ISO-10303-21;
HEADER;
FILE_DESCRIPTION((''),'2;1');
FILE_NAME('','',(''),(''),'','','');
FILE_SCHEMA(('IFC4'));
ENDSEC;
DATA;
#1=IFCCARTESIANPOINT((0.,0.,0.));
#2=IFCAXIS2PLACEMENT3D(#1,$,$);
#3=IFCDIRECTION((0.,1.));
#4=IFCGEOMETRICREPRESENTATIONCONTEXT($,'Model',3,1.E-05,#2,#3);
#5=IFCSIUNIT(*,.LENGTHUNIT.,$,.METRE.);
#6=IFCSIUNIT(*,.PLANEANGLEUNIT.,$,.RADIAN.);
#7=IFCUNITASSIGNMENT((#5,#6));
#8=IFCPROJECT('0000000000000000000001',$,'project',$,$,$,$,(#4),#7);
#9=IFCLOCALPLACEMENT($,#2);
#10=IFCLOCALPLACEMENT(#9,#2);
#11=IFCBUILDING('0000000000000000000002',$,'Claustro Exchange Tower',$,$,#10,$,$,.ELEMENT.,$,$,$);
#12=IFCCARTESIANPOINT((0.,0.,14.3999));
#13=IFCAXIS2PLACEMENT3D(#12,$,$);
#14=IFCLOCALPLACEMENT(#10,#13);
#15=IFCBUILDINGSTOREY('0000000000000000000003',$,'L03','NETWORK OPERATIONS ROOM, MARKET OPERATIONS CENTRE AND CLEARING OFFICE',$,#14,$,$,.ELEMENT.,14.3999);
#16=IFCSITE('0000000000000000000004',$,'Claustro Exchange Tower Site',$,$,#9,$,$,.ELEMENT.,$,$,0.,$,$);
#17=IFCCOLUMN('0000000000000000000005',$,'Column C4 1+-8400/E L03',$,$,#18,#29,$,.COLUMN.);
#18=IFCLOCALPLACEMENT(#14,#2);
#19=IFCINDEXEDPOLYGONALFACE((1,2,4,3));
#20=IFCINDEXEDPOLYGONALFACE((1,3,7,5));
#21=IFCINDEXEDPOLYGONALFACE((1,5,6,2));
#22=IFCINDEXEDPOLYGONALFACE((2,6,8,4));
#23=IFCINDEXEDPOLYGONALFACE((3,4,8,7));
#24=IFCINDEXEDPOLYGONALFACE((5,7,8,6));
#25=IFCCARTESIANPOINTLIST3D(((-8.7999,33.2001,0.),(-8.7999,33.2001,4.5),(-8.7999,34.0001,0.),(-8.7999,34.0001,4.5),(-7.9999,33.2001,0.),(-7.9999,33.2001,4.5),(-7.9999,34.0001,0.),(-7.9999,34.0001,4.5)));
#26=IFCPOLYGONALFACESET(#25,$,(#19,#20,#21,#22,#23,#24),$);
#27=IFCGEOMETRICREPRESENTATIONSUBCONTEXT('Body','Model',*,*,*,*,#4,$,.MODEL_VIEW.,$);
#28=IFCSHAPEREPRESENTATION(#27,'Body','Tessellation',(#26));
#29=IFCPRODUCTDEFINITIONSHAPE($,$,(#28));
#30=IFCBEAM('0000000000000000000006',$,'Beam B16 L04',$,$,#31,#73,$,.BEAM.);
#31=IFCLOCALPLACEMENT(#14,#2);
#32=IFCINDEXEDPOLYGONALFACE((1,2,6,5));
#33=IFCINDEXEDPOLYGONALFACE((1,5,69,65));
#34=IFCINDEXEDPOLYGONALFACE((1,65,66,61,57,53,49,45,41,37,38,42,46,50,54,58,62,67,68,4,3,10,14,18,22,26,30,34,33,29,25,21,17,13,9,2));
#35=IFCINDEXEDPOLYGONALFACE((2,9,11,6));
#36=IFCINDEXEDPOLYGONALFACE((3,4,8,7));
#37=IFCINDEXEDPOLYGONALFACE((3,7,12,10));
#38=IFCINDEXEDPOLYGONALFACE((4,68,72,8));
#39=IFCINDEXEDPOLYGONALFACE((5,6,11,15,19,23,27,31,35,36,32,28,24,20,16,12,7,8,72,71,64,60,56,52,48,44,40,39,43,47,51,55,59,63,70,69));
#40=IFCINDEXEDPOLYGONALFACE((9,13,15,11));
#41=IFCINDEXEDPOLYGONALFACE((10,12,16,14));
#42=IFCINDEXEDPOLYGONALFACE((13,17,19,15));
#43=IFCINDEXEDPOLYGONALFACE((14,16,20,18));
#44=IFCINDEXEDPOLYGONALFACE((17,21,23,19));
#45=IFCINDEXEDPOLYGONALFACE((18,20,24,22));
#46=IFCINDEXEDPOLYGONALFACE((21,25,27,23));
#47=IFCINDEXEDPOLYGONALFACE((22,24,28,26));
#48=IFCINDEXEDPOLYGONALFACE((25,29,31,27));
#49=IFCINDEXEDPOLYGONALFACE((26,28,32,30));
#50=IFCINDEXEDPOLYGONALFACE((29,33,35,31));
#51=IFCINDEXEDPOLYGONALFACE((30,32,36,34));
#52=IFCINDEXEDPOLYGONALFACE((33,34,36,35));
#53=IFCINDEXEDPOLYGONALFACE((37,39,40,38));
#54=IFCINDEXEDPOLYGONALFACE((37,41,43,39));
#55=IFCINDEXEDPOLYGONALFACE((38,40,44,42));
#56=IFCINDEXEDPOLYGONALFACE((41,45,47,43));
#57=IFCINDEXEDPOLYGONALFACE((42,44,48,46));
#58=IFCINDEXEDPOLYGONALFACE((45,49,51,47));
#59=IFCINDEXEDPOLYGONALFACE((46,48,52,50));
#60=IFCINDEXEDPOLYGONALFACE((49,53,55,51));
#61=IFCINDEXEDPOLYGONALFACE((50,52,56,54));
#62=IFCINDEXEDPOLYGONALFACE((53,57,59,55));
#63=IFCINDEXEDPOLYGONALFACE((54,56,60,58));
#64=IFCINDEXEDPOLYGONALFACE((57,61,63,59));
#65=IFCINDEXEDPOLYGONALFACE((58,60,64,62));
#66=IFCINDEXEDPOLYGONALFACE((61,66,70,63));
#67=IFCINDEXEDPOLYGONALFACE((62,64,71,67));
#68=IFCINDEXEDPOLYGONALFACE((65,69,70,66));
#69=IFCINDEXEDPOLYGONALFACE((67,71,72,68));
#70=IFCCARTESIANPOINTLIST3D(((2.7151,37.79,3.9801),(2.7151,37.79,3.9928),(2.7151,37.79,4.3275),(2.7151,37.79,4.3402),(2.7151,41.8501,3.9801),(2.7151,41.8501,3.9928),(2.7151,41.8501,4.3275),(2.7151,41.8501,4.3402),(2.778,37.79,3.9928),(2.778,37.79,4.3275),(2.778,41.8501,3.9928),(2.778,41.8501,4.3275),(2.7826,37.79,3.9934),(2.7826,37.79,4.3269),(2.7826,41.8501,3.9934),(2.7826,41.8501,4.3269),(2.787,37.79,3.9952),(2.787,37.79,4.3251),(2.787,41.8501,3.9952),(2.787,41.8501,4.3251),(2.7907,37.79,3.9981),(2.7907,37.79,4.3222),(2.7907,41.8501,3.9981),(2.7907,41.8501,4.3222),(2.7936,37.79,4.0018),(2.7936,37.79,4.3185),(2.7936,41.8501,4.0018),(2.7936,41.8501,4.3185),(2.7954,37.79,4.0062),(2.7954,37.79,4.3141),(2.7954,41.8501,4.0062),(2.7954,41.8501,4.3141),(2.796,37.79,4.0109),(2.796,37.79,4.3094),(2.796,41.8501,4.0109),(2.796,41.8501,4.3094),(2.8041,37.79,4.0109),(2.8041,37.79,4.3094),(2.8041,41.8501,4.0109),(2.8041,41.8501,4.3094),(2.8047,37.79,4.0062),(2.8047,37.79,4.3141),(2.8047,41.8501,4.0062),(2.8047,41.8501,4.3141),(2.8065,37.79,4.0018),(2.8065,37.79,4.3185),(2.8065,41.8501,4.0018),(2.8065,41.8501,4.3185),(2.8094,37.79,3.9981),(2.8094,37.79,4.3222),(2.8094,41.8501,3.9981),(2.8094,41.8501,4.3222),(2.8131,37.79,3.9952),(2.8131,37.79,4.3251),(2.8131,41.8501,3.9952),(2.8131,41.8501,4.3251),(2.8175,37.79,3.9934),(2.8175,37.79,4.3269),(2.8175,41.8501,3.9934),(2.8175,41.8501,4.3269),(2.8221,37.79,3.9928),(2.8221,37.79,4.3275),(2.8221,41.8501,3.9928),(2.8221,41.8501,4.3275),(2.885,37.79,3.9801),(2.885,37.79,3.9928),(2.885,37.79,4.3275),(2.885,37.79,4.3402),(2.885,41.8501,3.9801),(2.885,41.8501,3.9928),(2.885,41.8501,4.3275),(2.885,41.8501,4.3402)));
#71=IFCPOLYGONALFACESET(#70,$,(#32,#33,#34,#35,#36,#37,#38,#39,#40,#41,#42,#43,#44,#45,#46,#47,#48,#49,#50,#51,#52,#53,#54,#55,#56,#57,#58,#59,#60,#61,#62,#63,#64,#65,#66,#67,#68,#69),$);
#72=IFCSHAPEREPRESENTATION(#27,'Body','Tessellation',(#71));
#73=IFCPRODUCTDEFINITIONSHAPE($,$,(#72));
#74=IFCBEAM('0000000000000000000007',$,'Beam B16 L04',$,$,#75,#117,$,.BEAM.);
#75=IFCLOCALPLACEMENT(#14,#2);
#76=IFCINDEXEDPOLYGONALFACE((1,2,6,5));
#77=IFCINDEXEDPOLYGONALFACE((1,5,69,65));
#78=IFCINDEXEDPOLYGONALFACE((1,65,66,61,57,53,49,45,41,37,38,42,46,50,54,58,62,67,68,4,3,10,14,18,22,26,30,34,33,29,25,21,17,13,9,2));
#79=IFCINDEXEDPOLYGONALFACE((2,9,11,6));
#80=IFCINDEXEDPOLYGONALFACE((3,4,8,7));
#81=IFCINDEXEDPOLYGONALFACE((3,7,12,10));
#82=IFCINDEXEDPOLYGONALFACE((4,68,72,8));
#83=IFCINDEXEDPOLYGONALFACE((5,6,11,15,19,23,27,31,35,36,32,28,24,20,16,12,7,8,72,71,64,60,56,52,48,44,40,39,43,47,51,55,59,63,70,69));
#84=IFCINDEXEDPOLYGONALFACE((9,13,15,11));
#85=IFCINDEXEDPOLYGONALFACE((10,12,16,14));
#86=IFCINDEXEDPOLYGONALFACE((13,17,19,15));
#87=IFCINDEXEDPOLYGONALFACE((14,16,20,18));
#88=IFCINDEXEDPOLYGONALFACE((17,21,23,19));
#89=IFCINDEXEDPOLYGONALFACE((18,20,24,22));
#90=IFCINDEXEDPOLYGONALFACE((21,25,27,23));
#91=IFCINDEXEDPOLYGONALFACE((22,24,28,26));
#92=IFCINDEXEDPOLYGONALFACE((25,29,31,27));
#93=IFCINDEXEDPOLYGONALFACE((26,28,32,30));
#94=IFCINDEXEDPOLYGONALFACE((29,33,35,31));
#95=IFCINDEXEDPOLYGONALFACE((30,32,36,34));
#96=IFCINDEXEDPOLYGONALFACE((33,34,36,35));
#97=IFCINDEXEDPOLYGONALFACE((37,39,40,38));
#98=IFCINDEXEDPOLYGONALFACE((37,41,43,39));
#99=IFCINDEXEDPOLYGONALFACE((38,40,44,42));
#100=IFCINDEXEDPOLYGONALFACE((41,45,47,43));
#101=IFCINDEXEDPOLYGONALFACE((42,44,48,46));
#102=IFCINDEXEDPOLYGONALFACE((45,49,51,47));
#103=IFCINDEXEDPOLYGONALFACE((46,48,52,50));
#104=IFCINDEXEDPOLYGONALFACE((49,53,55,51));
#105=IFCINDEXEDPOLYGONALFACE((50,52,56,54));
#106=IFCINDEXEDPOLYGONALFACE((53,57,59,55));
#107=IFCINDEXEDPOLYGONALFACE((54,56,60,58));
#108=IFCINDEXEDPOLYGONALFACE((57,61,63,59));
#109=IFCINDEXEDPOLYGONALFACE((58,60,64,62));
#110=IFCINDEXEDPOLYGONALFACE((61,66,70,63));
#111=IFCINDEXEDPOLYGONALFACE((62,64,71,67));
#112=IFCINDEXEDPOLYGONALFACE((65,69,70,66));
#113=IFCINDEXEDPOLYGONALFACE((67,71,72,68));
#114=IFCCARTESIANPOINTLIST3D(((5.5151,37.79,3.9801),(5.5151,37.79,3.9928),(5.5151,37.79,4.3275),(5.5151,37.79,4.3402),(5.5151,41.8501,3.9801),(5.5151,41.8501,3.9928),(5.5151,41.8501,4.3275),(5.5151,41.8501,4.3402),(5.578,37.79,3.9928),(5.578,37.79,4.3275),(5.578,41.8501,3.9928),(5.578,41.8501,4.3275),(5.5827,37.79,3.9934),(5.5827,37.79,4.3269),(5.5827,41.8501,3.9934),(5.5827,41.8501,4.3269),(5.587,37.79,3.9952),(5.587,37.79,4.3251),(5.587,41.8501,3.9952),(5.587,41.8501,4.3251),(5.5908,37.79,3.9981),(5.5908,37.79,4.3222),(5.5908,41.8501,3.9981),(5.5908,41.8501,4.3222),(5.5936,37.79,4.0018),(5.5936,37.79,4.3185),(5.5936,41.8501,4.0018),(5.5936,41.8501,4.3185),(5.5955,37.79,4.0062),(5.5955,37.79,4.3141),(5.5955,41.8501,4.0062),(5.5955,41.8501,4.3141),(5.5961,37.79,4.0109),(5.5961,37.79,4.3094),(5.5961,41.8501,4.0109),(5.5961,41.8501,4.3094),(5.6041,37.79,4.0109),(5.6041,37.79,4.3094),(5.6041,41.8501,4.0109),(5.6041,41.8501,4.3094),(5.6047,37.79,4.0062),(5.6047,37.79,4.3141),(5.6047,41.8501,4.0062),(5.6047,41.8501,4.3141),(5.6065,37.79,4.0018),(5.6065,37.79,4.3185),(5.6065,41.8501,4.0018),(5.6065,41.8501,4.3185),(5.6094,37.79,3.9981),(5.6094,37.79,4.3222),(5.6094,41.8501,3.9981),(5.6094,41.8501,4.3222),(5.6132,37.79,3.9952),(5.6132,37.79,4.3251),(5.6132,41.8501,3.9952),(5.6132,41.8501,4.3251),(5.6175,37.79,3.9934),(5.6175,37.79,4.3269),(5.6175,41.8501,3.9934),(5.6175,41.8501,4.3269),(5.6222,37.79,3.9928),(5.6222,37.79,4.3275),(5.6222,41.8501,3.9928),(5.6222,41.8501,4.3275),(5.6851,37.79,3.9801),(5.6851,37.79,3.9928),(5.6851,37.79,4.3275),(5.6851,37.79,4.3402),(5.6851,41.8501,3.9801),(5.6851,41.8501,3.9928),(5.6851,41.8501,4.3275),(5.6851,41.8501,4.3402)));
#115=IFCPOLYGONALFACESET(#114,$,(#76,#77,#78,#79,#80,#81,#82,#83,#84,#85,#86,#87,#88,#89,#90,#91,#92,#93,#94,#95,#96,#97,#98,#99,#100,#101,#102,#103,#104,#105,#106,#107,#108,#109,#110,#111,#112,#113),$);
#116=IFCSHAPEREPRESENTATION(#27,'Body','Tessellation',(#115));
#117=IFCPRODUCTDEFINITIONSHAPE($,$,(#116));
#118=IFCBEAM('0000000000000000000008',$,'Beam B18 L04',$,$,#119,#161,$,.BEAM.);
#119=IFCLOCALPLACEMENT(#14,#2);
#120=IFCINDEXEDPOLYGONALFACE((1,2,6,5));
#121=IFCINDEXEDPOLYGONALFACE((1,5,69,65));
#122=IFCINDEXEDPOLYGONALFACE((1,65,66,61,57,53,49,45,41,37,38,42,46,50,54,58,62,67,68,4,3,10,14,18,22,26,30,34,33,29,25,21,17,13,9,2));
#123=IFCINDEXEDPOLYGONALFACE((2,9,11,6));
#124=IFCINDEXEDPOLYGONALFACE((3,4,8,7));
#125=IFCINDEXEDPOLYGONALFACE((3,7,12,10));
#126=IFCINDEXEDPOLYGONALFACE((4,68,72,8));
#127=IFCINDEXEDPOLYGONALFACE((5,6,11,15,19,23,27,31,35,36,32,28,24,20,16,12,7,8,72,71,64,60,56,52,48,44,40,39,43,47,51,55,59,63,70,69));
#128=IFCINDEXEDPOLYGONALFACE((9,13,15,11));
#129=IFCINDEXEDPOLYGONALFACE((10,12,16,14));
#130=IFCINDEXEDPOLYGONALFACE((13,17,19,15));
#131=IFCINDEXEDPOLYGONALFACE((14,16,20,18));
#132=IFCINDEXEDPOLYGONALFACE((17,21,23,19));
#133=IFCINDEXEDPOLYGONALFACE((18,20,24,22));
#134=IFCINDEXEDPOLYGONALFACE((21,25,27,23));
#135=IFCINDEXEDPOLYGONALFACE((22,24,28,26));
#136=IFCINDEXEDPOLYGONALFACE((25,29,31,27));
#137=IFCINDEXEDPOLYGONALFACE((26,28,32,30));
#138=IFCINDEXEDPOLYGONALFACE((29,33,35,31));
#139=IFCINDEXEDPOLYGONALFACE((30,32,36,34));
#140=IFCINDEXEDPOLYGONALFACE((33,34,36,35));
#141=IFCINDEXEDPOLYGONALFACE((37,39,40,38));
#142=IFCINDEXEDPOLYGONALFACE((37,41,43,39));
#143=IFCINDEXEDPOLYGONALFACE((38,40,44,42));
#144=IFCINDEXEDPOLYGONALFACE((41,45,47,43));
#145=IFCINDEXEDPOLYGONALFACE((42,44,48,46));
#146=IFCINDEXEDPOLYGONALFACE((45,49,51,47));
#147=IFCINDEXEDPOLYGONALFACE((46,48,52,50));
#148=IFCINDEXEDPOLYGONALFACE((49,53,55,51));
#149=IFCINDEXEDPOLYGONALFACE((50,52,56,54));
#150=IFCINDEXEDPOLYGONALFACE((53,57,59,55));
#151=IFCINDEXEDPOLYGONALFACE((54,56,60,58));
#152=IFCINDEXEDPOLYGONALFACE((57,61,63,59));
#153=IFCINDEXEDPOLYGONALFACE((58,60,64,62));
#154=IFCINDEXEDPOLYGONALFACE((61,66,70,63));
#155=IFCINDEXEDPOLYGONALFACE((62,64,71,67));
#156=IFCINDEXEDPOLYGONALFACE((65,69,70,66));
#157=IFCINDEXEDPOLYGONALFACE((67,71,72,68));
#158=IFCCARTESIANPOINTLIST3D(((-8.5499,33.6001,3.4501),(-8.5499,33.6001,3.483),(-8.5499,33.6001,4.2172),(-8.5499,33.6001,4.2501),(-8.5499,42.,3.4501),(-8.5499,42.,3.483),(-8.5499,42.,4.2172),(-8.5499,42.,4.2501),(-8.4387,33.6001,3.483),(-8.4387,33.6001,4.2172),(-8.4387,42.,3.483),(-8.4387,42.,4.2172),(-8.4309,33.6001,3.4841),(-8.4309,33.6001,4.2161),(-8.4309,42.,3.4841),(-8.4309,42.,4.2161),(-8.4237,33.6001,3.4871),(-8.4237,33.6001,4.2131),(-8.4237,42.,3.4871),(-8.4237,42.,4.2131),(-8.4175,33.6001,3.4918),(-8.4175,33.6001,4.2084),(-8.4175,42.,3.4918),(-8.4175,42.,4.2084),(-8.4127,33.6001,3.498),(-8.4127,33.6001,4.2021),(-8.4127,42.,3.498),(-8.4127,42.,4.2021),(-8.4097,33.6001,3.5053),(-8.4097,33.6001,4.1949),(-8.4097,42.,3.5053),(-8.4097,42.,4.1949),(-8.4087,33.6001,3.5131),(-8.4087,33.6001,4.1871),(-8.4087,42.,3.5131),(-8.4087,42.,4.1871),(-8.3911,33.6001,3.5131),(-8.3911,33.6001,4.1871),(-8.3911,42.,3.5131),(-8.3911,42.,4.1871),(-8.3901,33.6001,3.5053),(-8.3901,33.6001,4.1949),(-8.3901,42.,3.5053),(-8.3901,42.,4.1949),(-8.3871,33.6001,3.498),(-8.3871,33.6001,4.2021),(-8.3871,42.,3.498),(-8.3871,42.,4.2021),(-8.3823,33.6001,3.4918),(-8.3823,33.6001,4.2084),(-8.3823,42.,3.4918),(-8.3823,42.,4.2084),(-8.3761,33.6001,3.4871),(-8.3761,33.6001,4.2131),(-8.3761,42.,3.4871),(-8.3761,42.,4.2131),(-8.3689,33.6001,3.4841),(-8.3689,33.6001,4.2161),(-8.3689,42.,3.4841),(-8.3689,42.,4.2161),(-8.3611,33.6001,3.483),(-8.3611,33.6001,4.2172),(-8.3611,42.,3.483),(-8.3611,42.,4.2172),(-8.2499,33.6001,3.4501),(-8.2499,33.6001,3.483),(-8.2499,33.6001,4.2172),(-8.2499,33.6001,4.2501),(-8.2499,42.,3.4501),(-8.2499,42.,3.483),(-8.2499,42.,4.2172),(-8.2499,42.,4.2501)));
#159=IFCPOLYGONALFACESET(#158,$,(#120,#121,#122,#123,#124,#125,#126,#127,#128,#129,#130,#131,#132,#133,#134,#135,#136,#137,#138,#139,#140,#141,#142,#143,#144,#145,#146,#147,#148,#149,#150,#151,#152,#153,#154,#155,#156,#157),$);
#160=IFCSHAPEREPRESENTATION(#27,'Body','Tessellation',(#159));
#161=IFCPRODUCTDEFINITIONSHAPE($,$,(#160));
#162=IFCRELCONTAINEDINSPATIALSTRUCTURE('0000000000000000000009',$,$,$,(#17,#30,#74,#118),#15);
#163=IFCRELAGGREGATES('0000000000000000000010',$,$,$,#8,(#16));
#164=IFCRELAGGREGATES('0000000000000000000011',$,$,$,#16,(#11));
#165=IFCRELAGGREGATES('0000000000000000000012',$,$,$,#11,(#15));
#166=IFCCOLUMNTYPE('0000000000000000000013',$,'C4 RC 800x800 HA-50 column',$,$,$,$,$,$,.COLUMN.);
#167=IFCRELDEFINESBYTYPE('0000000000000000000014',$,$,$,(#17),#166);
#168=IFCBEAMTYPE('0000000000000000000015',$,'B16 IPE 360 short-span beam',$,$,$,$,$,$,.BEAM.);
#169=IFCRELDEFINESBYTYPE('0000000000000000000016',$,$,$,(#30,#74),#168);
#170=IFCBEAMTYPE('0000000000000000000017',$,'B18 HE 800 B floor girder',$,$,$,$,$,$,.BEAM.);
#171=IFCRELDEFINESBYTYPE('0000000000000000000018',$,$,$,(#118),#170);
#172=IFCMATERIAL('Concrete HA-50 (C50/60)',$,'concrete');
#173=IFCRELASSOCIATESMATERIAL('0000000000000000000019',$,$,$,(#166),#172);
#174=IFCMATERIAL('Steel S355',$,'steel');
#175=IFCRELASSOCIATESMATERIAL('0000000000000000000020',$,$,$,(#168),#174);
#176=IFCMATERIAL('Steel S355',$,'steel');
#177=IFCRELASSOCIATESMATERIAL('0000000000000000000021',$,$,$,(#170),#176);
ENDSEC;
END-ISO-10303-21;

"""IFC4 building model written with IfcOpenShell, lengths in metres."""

from ifc_helpers import new_model, si_unit, direction, frame, origin, origin_2d, place, context, subcontext, project, spatial, rectangle, i_section, extrude, material, material_profile, profile_set, type_object, element, save


model = new_model("IFC4")

# Units and contexts
model_context = context("Model", 3, precision=1e-05, world=origin(), true_north=direction((0.0, 1.0)))
body_context = subcontext(model_context, "Body", "Model", "MODEL_VIEW")
ifc_project = project(units=[si_unit("LENGTHUNIT", "METRE"), si_unit("PLANEANGLEUNIT", "RADIAN")], contexts=[model_context])

# Site, building, storey
site_placement = place(None, origin())
site = spatial("IfcSite", under=ifc_project, at=site_placement, Name="Claustro Exchange Tower Site", CompositionType="ELEMENT", RefElevation=0.0)
building_placement = place(site_placement, origin())
building = spatial("IfcBuilding", under=site, at=building_placement, Name="Claustro Exchange Tower", CompositionType="ELEMENT")
storey_placement = place(building_placement, frame((0.0, 0.0, 14.3999)))
storey = spatial("IfcBuildingStorey", under=building, at=storey_placement, Name="L03", Description="NETWORK OPERATIONS ROOM, MARKET OPERATIONS CENTRE AND CLEARING OFFICE", CompositionType="ELEMENT", Elevation=14.3999)

# Column
ifc_material_1 = material(Name="Concrete HA-50 (C50/60)", Category="concrete")
ifc_material_profile_1 = material_profile(ifc_material_1, rectangle(XDim=0.8, YDim=0.8, at=origin_2d()), Name="RC 800x800")
ifc_profile_set_1 = profile_set([ifc_material_profile_1], Name="Concrete HA-50 (C50/60)")
column_type = type_object("IfcColumnType", Name="C4 RC 800x800 HA-50 column", PredefinedType="COLUMN", material=ifc_profile_set_1)
column_placement = place(storey_placement, frame((-8.3999, 33.6001, 0.0), z_axis=(0.0, 0.0, 1.0), x_axis=(1.0, 0.0, 0.0)))
element("IfcColumn", 1, at=column_placement, inside=storey, type_object=column_type, Name="Column C4 1+-8400/E L03", PredefinedType="COLUMN", context=body_context, shape_type="SweptSolid", body=[
    extrude(rectangle(XDim=0.8, YDim=0.8, at=origin_2d()), origin(), (0.0, 0.0, 1.0), 4.5),
])

# Beams
ifc_material_2 = material(Name="Steel S355", Category="steel")
ifc_material_profile_2 = material_profile(ifc_material_2, i_section(OverallWidth=0.1699, OverallDepth=0.3601, WebThickness=0.0081, FlangeThickness=0.0127, FilletRadius=0.0181, at=origin_2d()), Name="IPE 360")
ifc_profile_set_2 = profile_set([ifc_material_profile_2], Name="Steel S355")
beam_type_1 = type_object("IfcBeamType", Name="B16 IPE 360 short-span beam", PredefinedType="BEAM", material=ifc_profile_set_2)
for number, where, z_axis, x_axis, name in (
    (2, (2.8, 37.79, 4.1602), (0.0, 1.0, 0.0), (-1.0, 0.0, 0.0), "Beam B16 L04"),
    (3, (5.6001, 37.79, 4.1602), (0.0, 1.0, 0.0), (-1.0, 0.0, 0.0), "Beam B16 L04"),
):
    element("IfcBeam", number, at=place(storey_placement, frame(where, z_axis=z_axis, x_axis=x_axis)), inside=storey, type_object=beam_type_1, Name=name, PredefinedType="BEAM", context=body_context, shape_type="SweptSolid", body=[
        extrude(i_section(OverallWidth=0.1699, OverallDepth=0.3601, WebThickness=0.0081, FlangeThickness=0.0127, FilletRadius=0.0181, at=origin_2d()), origin(), (0.0, 0.0, 1.0), 4.0601),
    ])
ifc_material_3 = material(Name="Steel S355", Category="steel")
ifc_material_profile_3 = material_profile(ifc_material_3, i_section(OverallWidth=0.3, OverallDepth=0.8, WebThickness=0.0176, FlangeThickness=0.033, FilletRadius=0.03, at=origin_2d()), Name="HE 800 B")
ifc_profile_set_3 = profile_set([ifc_material_profile_3], Name="Steel S355")
beam_type_2 = type_object("IfcBeamType", Name="B18 HE 800 B floor girder", PredefinedType="BEAM", material=ifc_profile_set_3)
beam_1_placement = place(storey_placement, frame((-8.3999, 33.6001, 3.8501), z_axis=(0.0, 1.0, 0.0), x_axis=(-1.0, 0.0, 0.0)))
element("IfcBeam", 4, at=beam_1_placement, inside=storey, type_object=beam_type_2, Name="Beam B18 L04", PredefinedType="BEAM", context=body_context, shape_type="SweptSolid", body=[
    extrude(i_section(OverallWidth=0.3, OverallDepth=0.8, WebThickness=0.0176, FlangeThickness=0.033, FilletRadius=0.03, at=origin_2d()), origin(), (0.0, 0.0, 1.0), 8.3999),
])

save(model, "model.ifc")
